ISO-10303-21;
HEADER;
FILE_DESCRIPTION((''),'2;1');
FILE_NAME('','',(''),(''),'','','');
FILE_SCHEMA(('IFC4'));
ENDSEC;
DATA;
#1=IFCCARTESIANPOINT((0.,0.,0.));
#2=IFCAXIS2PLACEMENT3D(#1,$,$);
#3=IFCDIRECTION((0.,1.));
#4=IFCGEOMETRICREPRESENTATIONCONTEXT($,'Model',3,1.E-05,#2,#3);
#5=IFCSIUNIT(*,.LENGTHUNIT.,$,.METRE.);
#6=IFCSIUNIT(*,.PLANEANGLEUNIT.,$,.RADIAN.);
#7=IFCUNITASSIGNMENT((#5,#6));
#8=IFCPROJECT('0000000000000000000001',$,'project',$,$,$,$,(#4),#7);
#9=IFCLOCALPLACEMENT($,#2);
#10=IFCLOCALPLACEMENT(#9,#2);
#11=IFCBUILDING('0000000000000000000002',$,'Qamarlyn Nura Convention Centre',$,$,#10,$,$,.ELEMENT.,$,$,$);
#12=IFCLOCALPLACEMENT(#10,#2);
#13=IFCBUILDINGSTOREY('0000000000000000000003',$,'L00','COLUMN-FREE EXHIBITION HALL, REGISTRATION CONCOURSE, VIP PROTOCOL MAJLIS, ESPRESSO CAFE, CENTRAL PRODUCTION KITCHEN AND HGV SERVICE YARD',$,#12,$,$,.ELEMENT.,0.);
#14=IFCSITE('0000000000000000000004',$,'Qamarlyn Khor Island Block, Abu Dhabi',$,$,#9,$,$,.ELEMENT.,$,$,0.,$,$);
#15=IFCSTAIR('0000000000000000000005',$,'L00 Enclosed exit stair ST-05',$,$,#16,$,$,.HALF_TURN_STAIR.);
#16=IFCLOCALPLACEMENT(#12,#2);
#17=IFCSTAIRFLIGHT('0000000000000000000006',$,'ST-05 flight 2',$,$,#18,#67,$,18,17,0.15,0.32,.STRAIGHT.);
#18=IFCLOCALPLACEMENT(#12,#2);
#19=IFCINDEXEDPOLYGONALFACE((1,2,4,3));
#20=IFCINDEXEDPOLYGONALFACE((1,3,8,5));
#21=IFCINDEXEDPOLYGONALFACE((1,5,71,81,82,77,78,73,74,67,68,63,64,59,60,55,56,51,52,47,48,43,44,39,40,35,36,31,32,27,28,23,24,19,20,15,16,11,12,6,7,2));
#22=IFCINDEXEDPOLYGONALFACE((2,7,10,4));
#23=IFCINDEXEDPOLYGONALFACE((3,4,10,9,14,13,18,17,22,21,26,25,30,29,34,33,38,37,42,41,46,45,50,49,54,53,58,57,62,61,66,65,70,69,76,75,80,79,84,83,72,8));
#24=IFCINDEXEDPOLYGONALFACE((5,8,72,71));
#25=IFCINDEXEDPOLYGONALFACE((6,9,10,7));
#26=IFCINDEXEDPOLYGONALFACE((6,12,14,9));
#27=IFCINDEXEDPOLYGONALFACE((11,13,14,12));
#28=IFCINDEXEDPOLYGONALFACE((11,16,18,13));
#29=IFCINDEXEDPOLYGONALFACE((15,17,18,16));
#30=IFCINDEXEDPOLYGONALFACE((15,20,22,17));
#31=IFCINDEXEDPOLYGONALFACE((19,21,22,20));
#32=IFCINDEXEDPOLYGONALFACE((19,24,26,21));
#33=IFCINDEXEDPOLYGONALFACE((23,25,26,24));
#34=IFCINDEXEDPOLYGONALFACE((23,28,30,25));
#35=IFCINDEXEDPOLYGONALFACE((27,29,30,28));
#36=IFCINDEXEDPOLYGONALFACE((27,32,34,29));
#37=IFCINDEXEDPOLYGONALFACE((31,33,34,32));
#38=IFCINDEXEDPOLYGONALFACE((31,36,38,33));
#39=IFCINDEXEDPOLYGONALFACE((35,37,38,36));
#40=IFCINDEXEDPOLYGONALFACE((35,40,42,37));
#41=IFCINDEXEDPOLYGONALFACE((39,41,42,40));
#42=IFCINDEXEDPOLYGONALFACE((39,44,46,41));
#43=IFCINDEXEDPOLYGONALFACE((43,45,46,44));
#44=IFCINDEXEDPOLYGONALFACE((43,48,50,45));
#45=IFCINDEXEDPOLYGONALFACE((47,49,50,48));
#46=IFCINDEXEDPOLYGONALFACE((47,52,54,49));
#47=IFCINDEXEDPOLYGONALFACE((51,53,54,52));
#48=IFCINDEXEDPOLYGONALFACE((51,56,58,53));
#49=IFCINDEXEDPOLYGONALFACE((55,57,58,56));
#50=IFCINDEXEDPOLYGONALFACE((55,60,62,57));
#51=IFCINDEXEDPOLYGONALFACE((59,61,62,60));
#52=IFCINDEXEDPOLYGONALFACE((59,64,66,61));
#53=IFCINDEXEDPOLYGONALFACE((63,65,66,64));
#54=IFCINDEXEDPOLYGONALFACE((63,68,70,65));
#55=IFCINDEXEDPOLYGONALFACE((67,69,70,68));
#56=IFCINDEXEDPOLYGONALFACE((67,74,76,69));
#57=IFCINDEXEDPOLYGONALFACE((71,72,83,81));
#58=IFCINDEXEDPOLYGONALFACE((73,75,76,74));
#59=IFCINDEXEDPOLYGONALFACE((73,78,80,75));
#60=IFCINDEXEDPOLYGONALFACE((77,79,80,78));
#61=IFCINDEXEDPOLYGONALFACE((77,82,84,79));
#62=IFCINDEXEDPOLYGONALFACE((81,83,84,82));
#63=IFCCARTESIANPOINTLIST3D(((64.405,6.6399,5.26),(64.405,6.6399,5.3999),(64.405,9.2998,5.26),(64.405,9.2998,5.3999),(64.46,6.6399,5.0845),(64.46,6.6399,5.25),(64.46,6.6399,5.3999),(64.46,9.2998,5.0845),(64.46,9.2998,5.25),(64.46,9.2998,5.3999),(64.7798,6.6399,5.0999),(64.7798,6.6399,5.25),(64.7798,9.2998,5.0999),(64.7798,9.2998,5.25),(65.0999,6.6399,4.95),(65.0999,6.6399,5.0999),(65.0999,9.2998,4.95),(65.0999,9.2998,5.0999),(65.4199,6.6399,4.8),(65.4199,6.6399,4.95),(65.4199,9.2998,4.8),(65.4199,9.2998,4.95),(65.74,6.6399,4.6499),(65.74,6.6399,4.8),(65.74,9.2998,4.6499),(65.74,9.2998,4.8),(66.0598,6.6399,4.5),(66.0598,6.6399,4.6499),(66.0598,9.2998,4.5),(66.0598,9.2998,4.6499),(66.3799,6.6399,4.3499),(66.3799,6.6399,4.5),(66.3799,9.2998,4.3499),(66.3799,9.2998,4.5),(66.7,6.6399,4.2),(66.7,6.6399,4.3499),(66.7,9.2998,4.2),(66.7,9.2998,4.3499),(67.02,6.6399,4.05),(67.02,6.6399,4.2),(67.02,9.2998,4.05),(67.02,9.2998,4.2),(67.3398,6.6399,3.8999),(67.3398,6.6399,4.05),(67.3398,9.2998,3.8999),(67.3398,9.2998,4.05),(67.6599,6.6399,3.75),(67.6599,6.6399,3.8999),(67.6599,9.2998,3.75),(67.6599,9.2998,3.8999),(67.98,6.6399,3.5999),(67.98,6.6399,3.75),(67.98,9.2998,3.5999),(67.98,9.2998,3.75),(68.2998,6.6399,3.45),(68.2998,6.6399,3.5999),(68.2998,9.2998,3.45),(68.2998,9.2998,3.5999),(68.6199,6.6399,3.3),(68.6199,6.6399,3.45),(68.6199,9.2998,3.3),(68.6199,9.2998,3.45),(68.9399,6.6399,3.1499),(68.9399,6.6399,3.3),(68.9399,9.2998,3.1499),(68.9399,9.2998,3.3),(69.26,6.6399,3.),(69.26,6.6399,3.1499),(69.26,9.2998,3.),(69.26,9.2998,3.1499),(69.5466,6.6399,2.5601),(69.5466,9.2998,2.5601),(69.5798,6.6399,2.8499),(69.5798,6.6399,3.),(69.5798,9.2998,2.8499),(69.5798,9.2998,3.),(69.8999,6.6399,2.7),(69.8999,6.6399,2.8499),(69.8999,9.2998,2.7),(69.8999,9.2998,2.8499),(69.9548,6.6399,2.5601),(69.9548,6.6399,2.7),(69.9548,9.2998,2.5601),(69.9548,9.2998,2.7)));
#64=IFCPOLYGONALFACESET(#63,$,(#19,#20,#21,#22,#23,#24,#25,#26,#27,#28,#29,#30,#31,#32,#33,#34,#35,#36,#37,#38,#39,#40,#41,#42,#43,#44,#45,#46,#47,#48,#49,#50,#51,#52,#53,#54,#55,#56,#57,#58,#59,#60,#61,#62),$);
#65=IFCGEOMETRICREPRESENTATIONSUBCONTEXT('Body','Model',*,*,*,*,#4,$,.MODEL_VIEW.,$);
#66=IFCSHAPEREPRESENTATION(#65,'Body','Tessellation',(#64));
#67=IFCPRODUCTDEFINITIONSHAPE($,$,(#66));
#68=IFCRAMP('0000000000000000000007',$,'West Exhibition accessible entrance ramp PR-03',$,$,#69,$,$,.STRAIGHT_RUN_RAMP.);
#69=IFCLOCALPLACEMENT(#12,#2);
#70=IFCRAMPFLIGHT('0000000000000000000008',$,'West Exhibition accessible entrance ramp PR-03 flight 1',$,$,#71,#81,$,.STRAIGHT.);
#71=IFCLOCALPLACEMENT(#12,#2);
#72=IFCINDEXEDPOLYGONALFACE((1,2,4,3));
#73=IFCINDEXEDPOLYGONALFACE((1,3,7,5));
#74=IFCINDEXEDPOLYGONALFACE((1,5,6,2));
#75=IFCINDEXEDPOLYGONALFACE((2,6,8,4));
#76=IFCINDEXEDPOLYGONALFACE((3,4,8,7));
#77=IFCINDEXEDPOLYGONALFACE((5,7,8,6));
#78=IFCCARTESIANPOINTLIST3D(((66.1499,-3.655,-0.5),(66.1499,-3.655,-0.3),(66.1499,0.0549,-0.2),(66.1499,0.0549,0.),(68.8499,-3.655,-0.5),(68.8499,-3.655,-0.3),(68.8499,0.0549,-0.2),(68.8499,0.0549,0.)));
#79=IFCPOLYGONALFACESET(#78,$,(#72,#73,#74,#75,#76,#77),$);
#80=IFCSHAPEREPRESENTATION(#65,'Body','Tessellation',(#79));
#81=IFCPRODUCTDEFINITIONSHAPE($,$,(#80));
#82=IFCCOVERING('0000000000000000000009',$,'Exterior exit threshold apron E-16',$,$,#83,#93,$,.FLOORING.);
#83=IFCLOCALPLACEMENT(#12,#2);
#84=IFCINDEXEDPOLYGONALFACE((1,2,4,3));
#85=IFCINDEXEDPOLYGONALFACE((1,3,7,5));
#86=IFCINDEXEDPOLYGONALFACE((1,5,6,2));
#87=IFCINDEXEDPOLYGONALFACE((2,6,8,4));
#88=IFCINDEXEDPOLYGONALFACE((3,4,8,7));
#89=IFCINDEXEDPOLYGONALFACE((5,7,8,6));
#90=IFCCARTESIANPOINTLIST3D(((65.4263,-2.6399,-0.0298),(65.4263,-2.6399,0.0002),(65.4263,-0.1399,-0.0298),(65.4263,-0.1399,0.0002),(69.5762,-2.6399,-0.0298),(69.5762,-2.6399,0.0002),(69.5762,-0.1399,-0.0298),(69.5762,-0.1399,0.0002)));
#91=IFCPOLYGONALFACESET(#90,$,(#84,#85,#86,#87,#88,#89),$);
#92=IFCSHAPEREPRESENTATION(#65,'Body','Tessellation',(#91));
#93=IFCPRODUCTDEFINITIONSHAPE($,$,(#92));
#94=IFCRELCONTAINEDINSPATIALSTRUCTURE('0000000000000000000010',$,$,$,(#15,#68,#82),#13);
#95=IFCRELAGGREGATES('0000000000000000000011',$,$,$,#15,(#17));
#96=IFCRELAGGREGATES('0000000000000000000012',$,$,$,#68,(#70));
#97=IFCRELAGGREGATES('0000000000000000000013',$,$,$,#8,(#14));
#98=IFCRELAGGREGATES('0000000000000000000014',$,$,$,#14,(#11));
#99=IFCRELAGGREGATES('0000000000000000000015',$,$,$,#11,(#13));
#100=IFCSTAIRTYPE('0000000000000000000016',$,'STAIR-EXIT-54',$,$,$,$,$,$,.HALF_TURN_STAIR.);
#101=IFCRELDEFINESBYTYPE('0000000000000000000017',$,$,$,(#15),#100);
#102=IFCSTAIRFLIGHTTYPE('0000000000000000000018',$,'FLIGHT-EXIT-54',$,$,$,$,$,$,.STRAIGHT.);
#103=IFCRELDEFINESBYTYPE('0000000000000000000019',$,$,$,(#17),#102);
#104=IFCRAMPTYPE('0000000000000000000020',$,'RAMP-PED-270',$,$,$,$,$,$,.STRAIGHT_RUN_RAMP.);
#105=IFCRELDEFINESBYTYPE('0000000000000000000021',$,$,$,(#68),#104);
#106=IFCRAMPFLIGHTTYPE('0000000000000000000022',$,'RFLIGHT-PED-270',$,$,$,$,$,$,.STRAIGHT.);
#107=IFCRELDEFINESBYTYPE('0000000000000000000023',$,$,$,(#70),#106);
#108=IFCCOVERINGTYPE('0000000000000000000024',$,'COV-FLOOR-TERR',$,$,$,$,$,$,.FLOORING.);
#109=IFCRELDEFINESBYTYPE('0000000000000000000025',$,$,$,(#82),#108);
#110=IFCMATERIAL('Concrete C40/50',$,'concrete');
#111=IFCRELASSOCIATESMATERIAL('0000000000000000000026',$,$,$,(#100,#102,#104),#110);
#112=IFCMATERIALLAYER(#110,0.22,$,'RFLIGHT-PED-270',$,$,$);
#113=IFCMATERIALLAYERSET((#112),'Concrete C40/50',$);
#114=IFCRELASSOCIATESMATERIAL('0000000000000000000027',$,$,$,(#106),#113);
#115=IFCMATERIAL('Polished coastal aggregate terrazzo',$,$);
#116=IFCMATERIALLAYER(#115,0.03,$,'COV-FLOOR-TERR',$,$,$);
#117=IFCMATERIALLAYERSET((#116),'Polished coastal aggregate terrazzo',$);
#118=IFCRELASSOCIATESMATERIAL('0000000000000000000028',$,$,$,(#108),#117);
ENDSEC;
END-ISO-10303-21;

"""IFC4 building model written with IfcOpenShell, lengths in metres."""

from ifc_helpers import new_model, si_unit, direction, frame, origin, origin_2d, place, context, subcontext, project, spatial, polyline, rectangle, outline, extrude, material, layer, layer_set, type_object, element, aggregate, save


model = new_model("IFC4")

# Units and contexts
model_context = context("Model", 3, precision=1e-05, world=origin(), true_north=direction((0.0, 1.0)))
body_context = subcontext(model_context, "Body", "Model", "MODEL_VIEW")
ifc_project = project(units=[si_unit("LENGTHUNIT", "METRE"), si_unit("PLANEANGLEUNIT", "RADIAN")], contexts=[model_context])

# Site, building, storey
site_placement = place(None, origin())
site = spatial("IfcSite", under=ifc_project, at=site_placement, Name="Qamarlyn Khor Island Block, Abu Dhabi", CompositionType="ELEMENT", RefElevation=0.0)
building_placement = place(site_placement, origin())
building = spatial("IfcBuilding", under=site, at=building_placement, Name="Qamarlyn Nura Convention Centre", CompositionType="ELEMENT")
storey_placement = place(building_placement, origin())
storey = spatial("IfcBuildingStorey", under=building, at=storey_placement, Name="L00", Description="COLUMN-FREE EXHIBITION HALL, REGISTRATION CONCOURSE, VIP PROTOCOL MAJLIS, ESPRESSO CAFE, CENTRAL PRODUCTION KITCHEN AND HGV SERVICE YARD", CompositionType="ELEMENT", Elevation=0.0)

# Stair, stair flight
ifc_material_1 = material(Name="Concrete C40/50", Category="concrete")
stair_type = type_object("IfcStairType", Name="STAIR-EXIT-54", PredefinedType="HALF_TURN_STAIR", material=ifc_material_1)
stair_placement = place(storey_placement, origin())
stair = element("IfcStair", 1, at=stair_placement, inside=storey, type_object=stair_type, Name="L00 Enclosed exit stair ST-05", PredefinedType="HALF_TURN_STAIR")
stair_flight_type = type_object("IfcStairFlightType", Name="FLIGHT-EXIT-54", PredefinedType="STRAIGHT", material=ifc_material_1)
stair_flight_1_placement = place(storey_placement, frame((69.8999, 7.97, 2.7), z_axis=(0.0, 0.0, 1.0), x_axis=(-1.0, 0.0, 0.0)))
stair_flight_1 = element("IfcStairFlight", 2, at=stair_flight_1_placement, type_object=stair_flight_type, Name="ST-05 flight 2", NumberOfRisers=18, NumberOfTreads=17, PredefinedType="STRAIGHT", RiserHeight=0.15, TreadLength=0.32, context=body_context, shape_type="SweptSolid", body=[
    extrude(outline(polyline([(-0.0549, 0.0), (0.0, 0.0), (0.0, 0.1499), (0.3201, 0.1499), (0.3201, 0.3), (0.6399, 0.3), (0.6399, 0.45), (0.96, 0.45), (0.96, 0.6001), (1.28, 0.6001), (1.28, 0.75), (1.6001, 0.75), (1.6001, 0.8999), (1.9199, 0.8999), (1.9199, 1.05), (2.24, 1.05), (2.24, 1.2), (2.5601, 1.2), (2.5601, 1.3501), (2.8799, 1.3501), (2.8799, 1.5), (3.2, 1.5), (3.2, 1.6499), (3.52, 1.6499), (3.52, 1.8), (3.8401, 1.8), (3.8401, 1.95), (4.1599, 1.95), (4.1599, 2.1001), (4.48, 2.1001), (4.48, 2.25), (4.8, 2.25), (4.8, 2.3999), (5.1201, 2.3999), (5.1201, 2.55), (5.4399, 2.55), (5.4399, 2.7), (5.4949, 2.7), (5.4949, 2.5601), (5.4399, 2.3845), (0.3533, -0.1399), (-0.0549, -0.1399), (-0.0549, 0.0)])), frame((0.0, 1.3301, 0.0), z_axis=(0.0, -1.0, 0.0), x_axis=(1.0, 0.0, 0.0)), (0.0, 0.0, 1.0), 2.6599),
])
aggregate(stair, [stair_flight_1])

# Ramp, ramp flight
ramp_type = type_object("IfcRampType", Name="RAMP-PED-270", PredefinedType="STRAIGHT_RUN_RAMP", material=ifc_material_1)
ramp_placement = place(storey_placement, origin())
ramp = element("IfcRamp", 3, at=ramp_placement, inside=storey, type_object=ramp_type, Name="West Exhibition accessible entrance ramp PR-03", PredefinedType="STRAIGHT_RUN_RAMP")
ifc_layer_1 = layer(ifc_material_1, 0.22, Name="RFLIGHT-PED-270")
ifc_layer_set_1 = layer_set([ifc_layer_1], Name="Concrete C40/50")
ramp_flight_type = type_object("IfcRampFlightType", Name="RFLIGHT-PED-270", PredefinedType="STRAIGHT", material=ifc_layer_set_1)
ramp_flight_placement = place(storey_placement, frame((67.5, -3.6001, -0.3), z_axis=(0.0, 0.0, 1.0), x_axis=(0.0, 1.0, 0.0)))
ramp_flight = element("IfcRampFlight", 4, at=ramp_flight_placement, type_object=ramp_flight_type, Name="West Exhibition accessible entrance ramp PR-03 flight 1", PredefinedType="STRAIGHT", context=body_context, shape_type="SweptSolid", body=[
    extrude(outline(polyline([(-0.0549, 0.0), (3.655, 0.3), (3.655, 0.1001), (-0.0549, -0.2), (-0.0549, 0.0)])), frame((0.0, 1.3501, 0.0), z_axis=(0.0, -1.0, 0.0), x_axis=(1.0, 0.0, 0.0)), (0.0, 0.0, 1.0), 2.7),
])
aggregate(ramp, [ramp_flight])

# Covering
ifc_material_2 = material(Name="Polished coastal aggregate terrazzo")
ifc_layer_2 = layer(ifc_material_2, 0.03, Name="COV-FLOOR-TERR")
ifc_layer_set_2 = layer_set([ifc_layer_2], Name="Polished coastal aggregate terrazzo")
covering_type = type_object("IfcCoveringType", Name="COV-FLOOR-TERR", PredefinedType="FLOORING", material=ifc_layer_set_2)
covering_placement = place(storey_placement, frame((67.5012, -1.3899, -0.0298), z_axis=(0.0, 0.0, 1.0), x_axis=(-1.0, 0.0, 0.0)))
element("IfcCovering", 5, at=covering_placement, inside=storey, type_object=covering_type, Name="Exterior exit threshold apron E-16", PredefinedType="FLOORING", context=body_context, shape_type="SweptSolid", body=[
    extrude(rectangle(XDim=4.1499, YDim=2.5, at=origin_2d()), origin(), (0.0, 0.0, 1.0), 0.03),
])

save(model, "model.ifc")
